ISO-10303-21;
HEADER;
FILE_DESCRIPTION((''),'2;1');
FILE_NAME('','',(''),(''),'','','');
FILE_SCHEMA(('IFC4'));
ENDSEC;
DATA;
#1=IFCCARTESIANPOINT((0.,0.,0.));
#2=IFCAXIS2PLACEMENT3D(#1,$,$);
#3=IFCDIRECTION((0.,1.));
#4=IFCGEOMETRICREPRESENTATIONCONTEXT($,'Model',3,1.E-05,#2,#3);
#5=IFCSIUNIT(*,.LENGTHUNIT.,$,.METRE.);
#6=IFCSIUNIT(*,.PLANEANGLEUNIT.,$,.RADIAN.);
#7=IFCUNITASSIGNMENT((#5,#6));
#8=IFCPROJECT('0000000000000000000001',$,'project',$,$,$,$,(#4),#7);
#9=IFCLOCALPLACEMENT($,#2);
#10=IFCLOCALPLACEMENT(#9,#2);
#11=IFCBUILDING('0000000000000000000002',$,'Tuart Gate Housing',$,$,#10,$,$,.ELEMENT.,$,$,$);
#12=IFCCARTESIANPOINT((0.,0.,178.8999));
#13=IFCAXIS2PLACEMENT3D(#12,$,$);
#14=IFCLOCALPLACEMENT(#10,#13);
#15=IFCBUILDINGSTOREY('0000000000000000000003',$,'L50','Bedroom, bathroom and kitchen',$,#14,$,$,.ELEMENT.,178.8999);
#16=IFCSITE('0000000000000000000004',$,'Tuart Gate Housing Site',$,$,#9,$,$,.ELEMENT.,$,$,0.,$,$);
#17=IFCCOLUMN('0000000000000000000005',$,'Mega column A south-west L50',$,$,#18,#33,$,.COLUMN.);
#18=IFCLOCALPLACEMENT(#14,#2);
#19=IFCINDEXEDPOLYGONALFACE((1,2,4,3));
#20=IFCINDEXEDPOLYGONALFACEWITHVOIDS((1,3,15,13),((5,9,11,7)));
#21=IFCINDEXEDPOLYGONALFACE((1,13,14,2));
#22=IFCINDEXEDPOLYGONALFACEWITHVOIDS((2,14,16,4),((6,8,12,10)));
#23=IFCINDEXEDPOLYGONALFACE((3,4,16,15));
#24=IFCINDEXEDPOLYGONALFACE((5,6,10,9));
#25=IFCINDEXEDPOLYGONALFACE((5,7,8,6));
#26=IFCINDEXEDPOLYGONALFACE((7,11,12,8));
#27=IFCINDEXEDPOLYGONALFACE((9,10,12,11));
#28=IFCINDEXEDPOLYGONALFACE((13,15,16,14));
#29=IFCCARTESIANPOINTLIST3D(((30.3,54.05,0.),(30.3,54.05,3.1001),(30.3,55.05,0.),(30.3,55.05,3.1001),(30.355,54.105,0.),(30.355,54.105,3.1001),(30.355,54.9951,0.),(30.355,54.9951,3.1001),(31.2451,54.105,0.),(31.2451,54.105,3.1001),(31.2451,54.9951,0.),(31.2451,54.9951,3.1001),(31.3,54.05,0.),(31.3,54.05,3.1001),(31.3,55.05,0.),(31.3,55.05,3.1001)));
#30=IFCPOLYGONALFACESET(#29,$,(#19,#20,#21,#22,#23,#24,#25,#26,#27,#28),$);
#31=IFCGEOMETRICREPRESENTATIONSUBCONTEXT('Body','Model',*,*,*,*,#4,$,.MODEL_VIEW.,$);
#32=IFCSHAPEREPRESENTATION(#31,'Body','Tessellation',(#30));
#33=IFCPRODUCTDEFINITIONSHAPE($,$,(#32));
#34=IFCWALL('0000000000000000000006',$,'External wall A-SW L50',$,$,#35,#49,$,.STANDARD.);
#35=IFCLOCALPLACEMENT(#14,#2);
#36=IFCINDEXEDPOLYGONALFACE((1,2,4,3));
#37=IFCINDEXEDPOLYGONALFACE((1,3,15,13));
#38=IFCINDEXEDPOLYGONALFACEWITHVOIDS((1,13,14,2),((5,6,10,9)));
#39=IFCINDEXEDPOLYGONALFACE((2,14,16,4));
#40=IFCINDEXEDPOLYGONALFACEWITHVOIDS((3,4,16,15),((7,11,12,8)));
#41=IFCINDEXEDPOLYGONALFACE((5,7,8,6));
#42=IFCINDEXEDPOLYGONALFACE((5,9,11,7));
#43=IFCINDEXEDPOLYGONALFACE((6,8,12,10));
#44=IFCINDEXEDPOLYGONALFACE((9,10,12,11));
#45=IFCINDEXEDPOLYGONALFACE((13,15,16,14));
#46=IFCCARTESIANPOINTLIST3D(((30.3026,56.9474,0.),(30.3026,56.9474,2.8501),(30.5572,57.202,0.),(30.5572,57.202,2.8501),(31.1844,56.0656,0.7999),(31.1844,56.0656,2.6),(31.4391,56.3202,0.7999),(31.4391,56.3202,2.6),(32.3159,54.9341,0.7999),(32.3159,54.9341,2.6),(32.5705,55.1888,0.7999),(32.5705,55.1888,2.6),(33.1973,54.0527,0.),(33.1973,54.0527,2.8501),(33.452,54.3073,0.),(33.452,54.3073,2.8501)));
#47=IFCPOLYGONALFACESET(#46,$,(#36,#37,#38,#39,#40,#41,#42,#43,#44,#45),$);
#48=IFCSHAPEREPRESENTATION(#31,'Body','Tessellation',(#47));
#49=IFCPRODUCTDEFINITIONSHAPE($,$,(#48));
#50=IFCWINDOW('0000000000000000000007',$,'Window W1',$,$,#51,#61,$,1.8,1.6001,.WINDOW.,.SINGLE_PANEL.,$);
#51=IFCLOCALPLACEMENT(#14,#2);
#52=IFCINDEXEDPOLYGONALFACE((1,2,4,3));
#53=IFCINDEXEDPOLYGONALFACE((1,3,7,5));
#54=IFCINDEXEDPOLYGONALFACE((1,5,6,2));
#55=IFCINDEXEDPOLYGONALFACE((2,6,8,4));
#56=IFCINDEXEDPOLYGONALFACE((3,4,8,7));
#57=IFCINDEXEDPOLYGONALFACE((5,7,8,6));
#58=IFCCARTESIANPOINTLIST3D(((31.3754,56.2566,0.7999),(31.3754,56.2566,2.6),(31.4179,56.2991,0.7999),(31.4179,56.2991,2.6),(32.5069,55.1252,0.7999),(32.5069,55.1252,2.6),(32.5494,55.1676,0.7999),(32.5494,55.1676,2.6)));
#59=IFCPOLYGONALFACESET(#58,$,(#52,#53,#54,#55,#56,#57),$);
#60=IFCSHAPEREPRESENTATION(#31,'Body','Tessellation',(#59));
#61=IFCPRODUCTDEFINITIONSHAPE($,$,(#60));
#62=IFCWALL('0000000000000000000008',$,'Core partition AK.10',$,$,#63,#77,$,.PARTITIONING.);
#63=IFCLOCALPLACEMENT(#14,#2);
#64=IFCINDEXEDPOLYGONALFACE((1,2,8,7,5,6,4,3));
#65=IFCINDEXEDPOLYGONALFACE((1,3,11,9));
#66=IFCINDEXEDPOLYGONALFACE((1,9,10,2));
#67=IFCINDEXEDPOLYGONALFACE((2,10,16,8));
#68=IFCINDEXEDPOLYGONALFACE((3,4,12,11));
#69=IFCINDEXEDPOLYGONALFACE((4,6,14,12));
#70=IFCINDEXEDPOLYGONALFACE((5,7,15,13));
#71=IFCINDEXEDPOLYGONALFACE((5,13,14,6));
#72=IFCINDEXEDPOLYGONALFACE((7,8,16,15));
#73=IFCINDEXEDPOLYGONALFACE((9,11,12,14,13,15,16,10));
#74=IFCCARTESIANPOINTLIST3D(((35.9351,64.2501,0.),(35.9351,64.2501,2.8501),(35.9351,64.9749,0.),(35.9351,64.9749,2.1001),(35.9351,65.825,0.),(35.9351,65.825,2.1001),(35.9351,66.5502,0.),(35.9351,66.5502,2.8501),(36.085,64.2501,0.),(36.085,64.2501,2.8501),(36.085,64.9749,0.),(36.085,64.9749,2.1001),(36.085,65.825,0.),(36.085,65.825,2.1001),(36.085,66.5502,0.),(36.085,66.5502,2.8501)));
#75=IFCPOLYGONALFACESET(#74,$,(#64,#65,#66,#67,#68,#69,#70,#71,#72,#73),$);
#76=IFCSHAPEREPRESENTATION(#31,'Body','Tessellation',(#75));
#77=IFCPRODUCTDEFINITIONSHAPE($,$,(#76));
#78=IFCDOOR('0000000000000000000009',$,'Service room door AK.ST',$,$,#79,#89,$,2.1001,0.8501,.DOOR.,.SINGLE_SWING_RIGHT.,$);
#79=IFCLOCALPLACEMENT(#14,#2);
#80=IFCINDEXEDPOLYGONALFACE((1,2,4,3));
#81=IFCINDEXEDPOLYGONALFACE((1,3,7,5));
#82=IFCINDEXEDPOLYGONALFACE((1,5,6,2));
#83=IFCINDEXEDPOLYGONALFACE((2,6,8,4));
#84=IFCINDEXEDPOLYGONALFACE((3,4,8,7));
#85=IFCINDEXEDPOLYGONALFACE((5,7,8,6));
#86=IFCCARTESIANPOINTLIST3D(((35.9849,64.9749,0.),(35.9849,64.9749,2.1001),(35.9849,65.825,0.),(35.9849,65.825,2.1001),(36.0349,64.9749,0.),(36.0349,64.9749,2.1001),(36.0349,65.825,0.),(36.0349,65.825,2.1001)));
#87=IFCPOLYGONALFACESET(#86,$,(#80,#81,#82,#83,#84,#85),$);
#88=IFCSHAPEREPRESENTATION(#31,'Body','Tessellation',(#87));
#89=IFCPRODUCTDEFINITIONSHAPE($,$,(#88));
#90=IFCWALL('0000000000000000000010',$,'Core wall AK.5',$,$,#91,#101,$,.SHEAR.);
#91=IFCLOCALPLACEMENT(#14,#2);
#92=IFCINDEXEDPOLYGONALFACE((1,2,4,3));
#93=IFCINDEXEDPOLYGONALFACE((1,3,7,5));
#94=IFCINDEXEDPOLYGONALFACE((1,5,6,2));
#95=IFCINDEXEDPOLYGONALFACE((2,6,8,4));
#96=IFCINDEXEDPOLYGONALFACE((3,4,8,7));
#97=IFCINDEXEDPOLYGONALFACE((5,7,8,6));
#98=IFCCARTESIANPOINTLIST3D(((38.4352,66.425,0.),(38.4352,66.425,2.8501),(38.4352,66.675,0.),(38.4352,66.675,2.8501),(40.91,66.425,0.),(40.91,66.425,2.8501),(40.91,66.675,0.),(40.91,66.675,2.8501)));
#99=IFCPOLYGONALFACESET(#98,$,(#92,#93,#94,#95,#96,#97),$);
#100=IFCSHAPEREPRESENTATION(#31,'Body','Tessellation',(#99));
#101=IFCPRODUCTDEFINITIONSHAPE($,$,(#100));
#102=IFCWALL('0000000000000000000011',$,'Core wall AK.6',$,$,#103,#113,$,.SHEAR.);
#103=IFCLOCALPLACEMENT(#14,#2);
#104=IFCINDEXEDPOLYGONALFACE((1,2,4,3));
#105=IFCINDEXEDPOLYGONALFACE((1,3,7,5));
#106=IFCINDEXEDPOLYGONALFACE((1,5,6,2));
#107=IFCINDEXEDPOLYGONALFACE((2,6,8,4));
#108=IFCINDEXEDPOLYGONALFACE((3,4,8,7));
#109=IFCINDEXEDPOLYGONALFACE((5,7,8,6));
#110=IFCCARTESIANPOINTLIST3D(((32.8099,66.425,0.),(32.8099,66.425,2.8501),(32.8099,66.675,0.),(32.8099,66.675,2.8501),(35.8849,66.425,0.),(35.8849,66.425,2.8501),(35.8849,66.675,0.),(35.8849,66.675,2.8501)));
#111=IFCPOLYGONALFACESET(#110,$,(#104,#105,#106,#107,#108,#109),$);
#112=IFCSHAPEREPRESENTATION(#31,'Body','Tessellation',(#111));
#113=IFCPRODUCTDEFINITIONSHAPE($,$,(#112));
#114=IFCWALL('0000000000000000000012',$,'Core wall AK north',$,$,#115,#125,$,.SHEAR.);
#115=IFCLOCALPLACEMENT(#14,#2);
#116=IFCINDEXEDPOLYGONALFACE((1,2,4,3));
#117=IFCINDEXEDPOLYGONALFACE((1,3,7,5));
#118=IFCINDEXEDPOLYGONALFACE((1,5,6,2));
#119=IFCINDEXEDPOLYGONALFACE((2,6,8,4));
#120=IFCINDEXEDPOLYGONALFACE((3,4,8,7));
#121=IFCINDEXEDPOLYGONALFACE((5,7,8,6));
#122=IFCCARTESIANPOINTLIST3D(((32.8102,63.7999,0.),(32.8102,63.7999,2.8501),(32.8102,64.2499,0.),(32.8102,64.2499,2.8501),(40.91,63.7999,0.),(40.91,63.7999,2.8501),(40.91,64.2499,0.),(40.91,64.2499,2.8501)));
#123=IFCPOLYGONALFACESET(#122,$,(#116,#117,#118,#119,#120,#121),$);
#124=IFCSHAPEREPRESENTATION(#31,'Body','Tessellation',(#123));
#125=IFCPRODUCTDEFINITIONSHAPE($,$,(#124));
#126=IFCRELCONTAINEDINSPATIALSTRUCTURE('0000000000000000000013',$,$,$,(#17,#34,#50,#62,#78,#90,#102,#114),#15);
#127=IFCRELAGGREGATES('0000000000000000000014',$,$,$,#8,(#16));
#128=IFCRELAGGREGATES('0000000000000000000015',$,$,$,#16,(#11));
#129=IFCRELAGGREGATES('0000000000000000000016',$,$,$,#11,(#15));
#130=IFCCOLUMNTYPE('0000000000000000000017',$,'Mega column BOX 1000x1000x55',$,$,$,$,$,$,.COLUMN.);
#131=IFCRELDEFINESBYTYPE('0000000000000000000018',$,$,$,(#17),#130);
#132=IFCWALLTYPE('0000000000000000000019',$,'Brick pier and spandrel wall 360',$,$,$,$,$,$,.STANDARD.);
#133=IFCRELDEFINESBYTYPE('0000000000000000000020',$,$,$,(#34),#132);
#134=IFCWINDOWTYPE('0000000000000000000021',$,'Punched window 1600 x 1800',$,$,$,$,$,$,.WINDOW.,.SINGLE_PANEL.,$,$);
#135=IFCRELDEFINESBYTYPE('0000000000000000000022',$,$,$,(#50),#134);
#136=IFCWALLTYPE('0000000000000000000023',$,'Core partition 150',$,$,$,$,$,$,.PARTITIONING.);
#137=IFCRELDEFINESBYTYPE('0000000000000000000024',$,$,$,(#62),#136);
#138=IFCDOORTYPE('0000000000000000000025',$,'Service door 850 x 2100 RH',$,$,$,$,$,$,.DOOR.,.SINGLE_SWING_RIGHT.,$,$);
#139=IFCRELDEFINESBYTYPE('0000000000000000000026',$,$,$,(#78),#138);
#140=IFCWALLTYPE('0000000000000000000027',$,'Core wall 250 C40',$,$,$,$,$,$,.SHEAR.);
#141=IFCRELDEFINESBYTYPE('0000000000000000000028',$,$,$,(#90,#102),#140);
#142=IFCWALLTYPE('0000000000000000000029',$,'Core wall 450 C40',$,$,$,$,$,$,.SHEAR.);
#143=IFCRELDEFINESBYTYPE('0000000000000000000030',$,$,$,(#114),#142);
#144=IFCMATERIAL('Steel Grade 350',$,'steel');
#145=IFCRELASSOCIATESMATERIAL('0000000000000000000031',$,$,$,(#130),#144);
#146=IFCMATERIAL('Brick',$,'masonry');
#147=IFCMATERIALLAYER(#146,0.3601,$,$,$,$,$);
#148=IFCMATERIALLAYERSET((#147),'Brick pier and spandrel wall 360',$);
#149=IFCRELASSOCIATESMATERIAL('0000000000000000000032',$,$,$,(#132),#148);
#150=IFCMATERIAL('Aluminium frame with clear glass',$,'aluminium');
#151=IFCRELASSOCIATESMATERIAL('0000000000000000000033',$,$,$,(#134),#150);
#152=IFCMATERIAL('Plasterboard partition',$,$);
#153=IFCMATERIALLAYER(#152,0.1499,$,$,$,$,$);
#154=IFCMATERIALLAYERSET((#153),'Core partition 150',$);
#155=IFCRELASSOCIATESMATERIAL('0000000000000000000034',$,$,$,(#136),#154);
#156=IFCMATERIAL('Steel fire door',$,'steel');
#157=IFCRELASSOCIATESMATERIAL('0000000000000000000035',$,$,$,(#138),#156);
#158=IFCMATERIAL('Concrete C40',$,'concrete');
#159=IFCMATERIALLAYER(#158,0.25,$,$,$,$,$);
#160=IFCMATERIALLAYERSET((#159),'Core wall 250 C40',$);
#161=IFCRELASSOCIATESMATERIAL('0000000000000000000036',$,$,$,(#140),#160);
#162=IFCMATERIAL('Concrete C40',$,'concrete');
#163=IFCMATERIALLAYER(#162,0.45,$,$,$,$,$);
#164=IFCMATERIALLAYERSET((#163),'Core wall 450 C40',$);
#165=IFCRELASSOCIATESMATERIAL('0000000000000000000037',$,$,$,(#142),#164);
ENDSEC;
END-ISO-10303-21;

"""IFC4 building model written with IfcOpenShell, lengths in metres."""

from ifc_helpers import new_model, si_unit, direction, frame, frame_2d, origin, origin_2d, place, context, subcontext, project, spatial, rectangle, hollow_rectangle, extrude, material, layer, layer_set, material_profile, profile_set, type_object, element, fill, save


model = new_model("IFC4")

# Units and contexts
model_context = context("Model", 3, precision=1e-05, world=origin(), true_north=direction((0.0, 1.0)))
body_context = subcontext(model_context, "Body", "Model", "MODEL_VIEW")
ifc_project = project(units=[si_unit("LENGTHUNIT", "METRE"), si_unit("PLANEANGLEUNIT", "RADIAN")], contexts=[model_context])

# Site, building, storey
site_placement = place(None, origin())
site = spatial("IfcSite", under=ifc_project, at=site_placement, Name="Tuart Gate Housing Site", CompositionType="ELEMENT", RefElevation=0.0)
building_placement = place(site_placement, origin())
building = spatial("IfcBuilding", under=site, at=building_placement, Name="Tuart Gate Housing", CompositionType="ELEMENT")
storey_placement = place(building_placement, frame((0.0, 0.0, 178.8999)))
storey = spatial("IfcBuildingStorey", under=building, at=storey_placement, Name="L50", Description="Bedroom, bathroom and kitchen", CompositionType="ELEMENT", Elevation=178.8999)

# Column
ifc_material_1 = material(Name="Steel Grade 350", Category="steel")
ifc_material_profile = material_profile(ifc_material_1, hollow_rectangle(XDim=1.0, YDim=1.0, WallThickness=0.0549, at=origin_2d()), Name="BOX 1000x1000x55")
ifc_profile_set = profile_set([ifc_material_profile], Name="Steel Grade 350")
column_type = type_object("IfcColumnType", Name="Mega column BOX 1000x1000x55", PredefinedType="COLUMN", material=ifc_profile_set)
column_placement = place(storey_placement, frame((30.8, 54.55, 0.0), z_axis=(0.0, 0.0, 1.0), x_axis=(1.0, 0.0, 0.0)))
element("IfcColumn", 1, at=column_placement, inside=storey, type_object=column_type, Name="Mega column A south-west L50", PredefinedType="COLUMN", context=body_context, shape_type="SweptSolid", body=[
    extrude(hollow_rectangle(XDim=1.0, YDim=1.0, WallThickness=0.0549, at=origin_2d()), origin(), (0.0, 0.0, 1.0), 3.1001),
])

# Wall, opening, window
ifc_material_2 = material(Name="Brick", Category="masonry")
ifc_layer_1 = layer(ifc_material_2, 0.3601)
ifc_layer_set_1 = layer_set([ifc_layer_1], Name="Brick pier and spandrel wall 360")
wall_type_1 = type_object("IfcWallType", Name="Brick pier and spandrel wall 360", PredefinedType="STANDARD", material=ifc_layer_set_1)
wall_1_placement = place(storey_placement, frame((30.4299, 57.0747, 0.0), z_axis=(0.0, 0.0, 1.0), x_axis=(0.707107, -0.707107, 0.0)))
wall_1 = element("IfcWall", 2, at=wall_1_placement, inside=storey, type_object=wall_type_1, Name="External wall A-SW L50", PredefinedType="STANDARD", context=body_context, shape_type="SweptSolid", body=[
    extrude(rectangle(XDim=4.0938, YDim=0.3601, at=frame_2d((2.0469, 0.0))), origin(), (0.0, 0.0, 1.0), 2.8501),
])
opening_1_placement = place(wall_1_placement, frame((1.2471, 0.0, 0.8)))
opening_1 = element("IfcOpeningElement", 3, at=opening_1_placement, cuts=wall_1, PredefinedType="OPENING", context=body_context, shape_type="SweptSolid", body=[
    extrude(rectangle(XDim=1.6001, YDim=1.8, at=frame_2d((0.8, 0.8999))), frame((0.0, 0.1899, 0.0), z_axis=(0.0, -1.0, 0.0), x_axis=(1.0, 0.0, 0.0)), (0.0, 0.0, 1.0), 0.3801),
])
ifc_material_3 = material(Name="Aluminium frame with clear glass", Category="aluminium")
window_type = type_object("IfcWindowType", Name="Punched window 1600 x 1800", PartitioningType="SINGLE_PANEL", PredefinedType="WINDOW", material=ifc_material_3)
window_placement = place(opening_1_placement, origin())
window = element("IfcWindow", 4, at=window_placement, inside=storey, type_object=window_type, Name="Window W1", OverallHeight=1.8, OverallWidth=1.6001, PartitioningType="SINGLE_PANEL", PredefinedType="WINDOW", context=body_context, shape_type="SweptSolid", body=[
    extrude(rectangle(XDim=1.6001, YDim=1.8, at=frame_2d((0.8, 0.8999))), frame((0.0, 0.1501, 0.0), z_axis=(0.0, -1.0, 0.0), x_axis=(1.0, 0.0, 0.0)), (0.0, 0.0, 1.0), 0.0601),
])
fill(opening_1, window)

# Wall, opening, door
ifc_material_4 = material(Name="Plasterboard partition")
ifc_layer_2 = layer(ifc_material_4, 0.1499)
ifc_layer_set_2 = layer_set([ifc_layer_2], Name="Core partition 150")
wall_type_2 = type_object("IfcWallType", Name="Core partition 150", PredefinedType="PARTITIONING", material=ifc_layer_set_2)
wall_2_placement = place(storey_placement, frame((36.01, 66.55, 0.0), z_axis=(0.0, 0.0, 1.0), x_axis=(0.0, -1.0, 0.0)))
wall_2 = element("IfcWall", 5, at=wall_2_placement, inside=storey, type_object=wall_type_2, Name="Core partition AK.10", PredefinedType="PARTITIONING", context=body_context, shape_type="SweptSolid", body=[
    extrude(rectangle(XDim=2.3, YDim=0.1499, at=frame_2d((1.1499, 0.0))), origin(), (0.0, 0.0, 1.0), 2.8501),
])
opening_2_placement = place(wall_2_placement, frame((0.7251, 0.0, 0.0)))
opening_2 = element("IfcOpeningElement", 6, at=opening_2_placement, cuts=wall_2, PredefinedType="OPENING", context=body_context, shape_type="SweptSolid", body=[
    extrude(rectangle(XDim=0.8501, YDim=2.1001, at=frame_2d((0.425, 1.05))), frame((0.0, 0.085, 0.0), z_axis=(0.0, -1.0, 0.0), x_axis=(1.0, 0.0, 0.0)), (0.0, 0.0, 1.0), 0.1699),
])
ifc_material_5 = material(Name="Steel fire door", Category="steel")
door_type_1 = type_object("IfcDoorType", Name="Service door 850 x 2100 RH", OperationType="SINGLE_SWING_RIGHT", PredefinedType="DOOR", material=ifc_material_5)
door_1_placement = place(opening_2_placement, frame((0.8501, 0.0, 0.0), z_axis=(0.0, 0.0, 1.0), x_axis=(-1.0, 0.0, 0.0)))
door_1 = element("IfcDoor", 7, at=door_1_placement, inside=storey, type_object=door_type_1, Name="Service room door AK.ST", OperationType="SINGLE_SWING_RIGHT", OverallHeight=2.1001, OverallWidth=0.8501, PredefinedType="DOOR", context=body_context, shape_type="SweptSolid", body=[
    extrude(rectangle(XDim=0.8501, YDim=2.1001, at=frame_2d((0.425, 1.05))), frame((0.0, 0.0251, 0.0), z_axis=(0.0, -1.0, 0.0), x_axis=(1.0, 0.0, 0.0)), (0.0, 0.0, 1.0), 0.05),
])
fill(opening_2, door_1)

# Walls
ifc_material_6 = material(Name="Concrete C40", Category="concrete")
ifc_layer_3 = layer(ifc_material_6, 0.25)
ifc_layer_set_3 = layer_set([ifc_layer_3], Name="Core wall 250 C40")
wall_type_3 = type_object("IfcWallType", Name="Core wall 250 C40", PredefinedType="SHEAR", material=ifc_layer_set_3)
wall_3_placement = place(storey_placement, frame((40.9099, 66.55, 0.0), z_axis=(0.0, 0.0, 1.0), x_axis=(-1.0, 0.0, 0.0)))
element("IfcWall", 8, at=wall_3_placement, inside=storey, type_object=wall_type_3, Name="Core wall AK.5", PredefinedType="SHEAR", context=body_context, shape_type="SweptSolid", body=[
    extrude(rectangle(XDim=2.4749, YDim=0.25, at=frame_2d((1.2373, 0.0))), origin(), (0.0, 0.0, 1.0), 2.8501),
])
wall_4_placement = place(storey_placement, frame((35.885, 66.55, 0.0), z_axis=(0.0, 0.0, 1.0), x_axis=(-1.0, 0.0, 0.0)))
element("IfcWall", 9, at=wall_4_placement, inside=storey, type_object=wall_type_3, Name="Core wall AK.6", PredefinedType="SHEAR", context=body_context, shape_type="SweptSolid", body=[
    extrude(rectangle(XDim=3.075, YDim=0.25, at=frame_2d((1.5376, 0.0))), origin(), (0.0, 0.0, 1.0), 2.8501),
])
ifc_material_7 = material(Name="Concrete C40", Category="concrete")
ifc_layer_4 = layer(ifc_material_7, 0.45)
ifc_layer_set_4 = layer_set([ifc_layer_4], Name="Core wall 450 C40")
wall_type_4 = type_object("IfcWallType", Name="Core wall 450 C40", PredefinedType="SHEAR", material=ifc_layer_set_4)
wall_5_placement = place(storey_placement, frame((40.9099, 64.0249, 0.0), z_axis=(0.0, 0.0, 1.0), x_axis=(-1.0, 0.0, 0.0)))
element("IfcWall", 10, at=wall_5_placement, inside=storey, type_object=wall_type_4, Name="Core wall AK north", PredefinedType="SHEAR", context=body_context, shape_type="SweptSolid", body=[
    extrude(rectangle(XDim=8.0999, YDim=0.45, at=frame_2d((4.0498, 0.0))), origin(), (0.0, 0.0, 1.0), 2.8501),
])

save(model, "model.ifc")
